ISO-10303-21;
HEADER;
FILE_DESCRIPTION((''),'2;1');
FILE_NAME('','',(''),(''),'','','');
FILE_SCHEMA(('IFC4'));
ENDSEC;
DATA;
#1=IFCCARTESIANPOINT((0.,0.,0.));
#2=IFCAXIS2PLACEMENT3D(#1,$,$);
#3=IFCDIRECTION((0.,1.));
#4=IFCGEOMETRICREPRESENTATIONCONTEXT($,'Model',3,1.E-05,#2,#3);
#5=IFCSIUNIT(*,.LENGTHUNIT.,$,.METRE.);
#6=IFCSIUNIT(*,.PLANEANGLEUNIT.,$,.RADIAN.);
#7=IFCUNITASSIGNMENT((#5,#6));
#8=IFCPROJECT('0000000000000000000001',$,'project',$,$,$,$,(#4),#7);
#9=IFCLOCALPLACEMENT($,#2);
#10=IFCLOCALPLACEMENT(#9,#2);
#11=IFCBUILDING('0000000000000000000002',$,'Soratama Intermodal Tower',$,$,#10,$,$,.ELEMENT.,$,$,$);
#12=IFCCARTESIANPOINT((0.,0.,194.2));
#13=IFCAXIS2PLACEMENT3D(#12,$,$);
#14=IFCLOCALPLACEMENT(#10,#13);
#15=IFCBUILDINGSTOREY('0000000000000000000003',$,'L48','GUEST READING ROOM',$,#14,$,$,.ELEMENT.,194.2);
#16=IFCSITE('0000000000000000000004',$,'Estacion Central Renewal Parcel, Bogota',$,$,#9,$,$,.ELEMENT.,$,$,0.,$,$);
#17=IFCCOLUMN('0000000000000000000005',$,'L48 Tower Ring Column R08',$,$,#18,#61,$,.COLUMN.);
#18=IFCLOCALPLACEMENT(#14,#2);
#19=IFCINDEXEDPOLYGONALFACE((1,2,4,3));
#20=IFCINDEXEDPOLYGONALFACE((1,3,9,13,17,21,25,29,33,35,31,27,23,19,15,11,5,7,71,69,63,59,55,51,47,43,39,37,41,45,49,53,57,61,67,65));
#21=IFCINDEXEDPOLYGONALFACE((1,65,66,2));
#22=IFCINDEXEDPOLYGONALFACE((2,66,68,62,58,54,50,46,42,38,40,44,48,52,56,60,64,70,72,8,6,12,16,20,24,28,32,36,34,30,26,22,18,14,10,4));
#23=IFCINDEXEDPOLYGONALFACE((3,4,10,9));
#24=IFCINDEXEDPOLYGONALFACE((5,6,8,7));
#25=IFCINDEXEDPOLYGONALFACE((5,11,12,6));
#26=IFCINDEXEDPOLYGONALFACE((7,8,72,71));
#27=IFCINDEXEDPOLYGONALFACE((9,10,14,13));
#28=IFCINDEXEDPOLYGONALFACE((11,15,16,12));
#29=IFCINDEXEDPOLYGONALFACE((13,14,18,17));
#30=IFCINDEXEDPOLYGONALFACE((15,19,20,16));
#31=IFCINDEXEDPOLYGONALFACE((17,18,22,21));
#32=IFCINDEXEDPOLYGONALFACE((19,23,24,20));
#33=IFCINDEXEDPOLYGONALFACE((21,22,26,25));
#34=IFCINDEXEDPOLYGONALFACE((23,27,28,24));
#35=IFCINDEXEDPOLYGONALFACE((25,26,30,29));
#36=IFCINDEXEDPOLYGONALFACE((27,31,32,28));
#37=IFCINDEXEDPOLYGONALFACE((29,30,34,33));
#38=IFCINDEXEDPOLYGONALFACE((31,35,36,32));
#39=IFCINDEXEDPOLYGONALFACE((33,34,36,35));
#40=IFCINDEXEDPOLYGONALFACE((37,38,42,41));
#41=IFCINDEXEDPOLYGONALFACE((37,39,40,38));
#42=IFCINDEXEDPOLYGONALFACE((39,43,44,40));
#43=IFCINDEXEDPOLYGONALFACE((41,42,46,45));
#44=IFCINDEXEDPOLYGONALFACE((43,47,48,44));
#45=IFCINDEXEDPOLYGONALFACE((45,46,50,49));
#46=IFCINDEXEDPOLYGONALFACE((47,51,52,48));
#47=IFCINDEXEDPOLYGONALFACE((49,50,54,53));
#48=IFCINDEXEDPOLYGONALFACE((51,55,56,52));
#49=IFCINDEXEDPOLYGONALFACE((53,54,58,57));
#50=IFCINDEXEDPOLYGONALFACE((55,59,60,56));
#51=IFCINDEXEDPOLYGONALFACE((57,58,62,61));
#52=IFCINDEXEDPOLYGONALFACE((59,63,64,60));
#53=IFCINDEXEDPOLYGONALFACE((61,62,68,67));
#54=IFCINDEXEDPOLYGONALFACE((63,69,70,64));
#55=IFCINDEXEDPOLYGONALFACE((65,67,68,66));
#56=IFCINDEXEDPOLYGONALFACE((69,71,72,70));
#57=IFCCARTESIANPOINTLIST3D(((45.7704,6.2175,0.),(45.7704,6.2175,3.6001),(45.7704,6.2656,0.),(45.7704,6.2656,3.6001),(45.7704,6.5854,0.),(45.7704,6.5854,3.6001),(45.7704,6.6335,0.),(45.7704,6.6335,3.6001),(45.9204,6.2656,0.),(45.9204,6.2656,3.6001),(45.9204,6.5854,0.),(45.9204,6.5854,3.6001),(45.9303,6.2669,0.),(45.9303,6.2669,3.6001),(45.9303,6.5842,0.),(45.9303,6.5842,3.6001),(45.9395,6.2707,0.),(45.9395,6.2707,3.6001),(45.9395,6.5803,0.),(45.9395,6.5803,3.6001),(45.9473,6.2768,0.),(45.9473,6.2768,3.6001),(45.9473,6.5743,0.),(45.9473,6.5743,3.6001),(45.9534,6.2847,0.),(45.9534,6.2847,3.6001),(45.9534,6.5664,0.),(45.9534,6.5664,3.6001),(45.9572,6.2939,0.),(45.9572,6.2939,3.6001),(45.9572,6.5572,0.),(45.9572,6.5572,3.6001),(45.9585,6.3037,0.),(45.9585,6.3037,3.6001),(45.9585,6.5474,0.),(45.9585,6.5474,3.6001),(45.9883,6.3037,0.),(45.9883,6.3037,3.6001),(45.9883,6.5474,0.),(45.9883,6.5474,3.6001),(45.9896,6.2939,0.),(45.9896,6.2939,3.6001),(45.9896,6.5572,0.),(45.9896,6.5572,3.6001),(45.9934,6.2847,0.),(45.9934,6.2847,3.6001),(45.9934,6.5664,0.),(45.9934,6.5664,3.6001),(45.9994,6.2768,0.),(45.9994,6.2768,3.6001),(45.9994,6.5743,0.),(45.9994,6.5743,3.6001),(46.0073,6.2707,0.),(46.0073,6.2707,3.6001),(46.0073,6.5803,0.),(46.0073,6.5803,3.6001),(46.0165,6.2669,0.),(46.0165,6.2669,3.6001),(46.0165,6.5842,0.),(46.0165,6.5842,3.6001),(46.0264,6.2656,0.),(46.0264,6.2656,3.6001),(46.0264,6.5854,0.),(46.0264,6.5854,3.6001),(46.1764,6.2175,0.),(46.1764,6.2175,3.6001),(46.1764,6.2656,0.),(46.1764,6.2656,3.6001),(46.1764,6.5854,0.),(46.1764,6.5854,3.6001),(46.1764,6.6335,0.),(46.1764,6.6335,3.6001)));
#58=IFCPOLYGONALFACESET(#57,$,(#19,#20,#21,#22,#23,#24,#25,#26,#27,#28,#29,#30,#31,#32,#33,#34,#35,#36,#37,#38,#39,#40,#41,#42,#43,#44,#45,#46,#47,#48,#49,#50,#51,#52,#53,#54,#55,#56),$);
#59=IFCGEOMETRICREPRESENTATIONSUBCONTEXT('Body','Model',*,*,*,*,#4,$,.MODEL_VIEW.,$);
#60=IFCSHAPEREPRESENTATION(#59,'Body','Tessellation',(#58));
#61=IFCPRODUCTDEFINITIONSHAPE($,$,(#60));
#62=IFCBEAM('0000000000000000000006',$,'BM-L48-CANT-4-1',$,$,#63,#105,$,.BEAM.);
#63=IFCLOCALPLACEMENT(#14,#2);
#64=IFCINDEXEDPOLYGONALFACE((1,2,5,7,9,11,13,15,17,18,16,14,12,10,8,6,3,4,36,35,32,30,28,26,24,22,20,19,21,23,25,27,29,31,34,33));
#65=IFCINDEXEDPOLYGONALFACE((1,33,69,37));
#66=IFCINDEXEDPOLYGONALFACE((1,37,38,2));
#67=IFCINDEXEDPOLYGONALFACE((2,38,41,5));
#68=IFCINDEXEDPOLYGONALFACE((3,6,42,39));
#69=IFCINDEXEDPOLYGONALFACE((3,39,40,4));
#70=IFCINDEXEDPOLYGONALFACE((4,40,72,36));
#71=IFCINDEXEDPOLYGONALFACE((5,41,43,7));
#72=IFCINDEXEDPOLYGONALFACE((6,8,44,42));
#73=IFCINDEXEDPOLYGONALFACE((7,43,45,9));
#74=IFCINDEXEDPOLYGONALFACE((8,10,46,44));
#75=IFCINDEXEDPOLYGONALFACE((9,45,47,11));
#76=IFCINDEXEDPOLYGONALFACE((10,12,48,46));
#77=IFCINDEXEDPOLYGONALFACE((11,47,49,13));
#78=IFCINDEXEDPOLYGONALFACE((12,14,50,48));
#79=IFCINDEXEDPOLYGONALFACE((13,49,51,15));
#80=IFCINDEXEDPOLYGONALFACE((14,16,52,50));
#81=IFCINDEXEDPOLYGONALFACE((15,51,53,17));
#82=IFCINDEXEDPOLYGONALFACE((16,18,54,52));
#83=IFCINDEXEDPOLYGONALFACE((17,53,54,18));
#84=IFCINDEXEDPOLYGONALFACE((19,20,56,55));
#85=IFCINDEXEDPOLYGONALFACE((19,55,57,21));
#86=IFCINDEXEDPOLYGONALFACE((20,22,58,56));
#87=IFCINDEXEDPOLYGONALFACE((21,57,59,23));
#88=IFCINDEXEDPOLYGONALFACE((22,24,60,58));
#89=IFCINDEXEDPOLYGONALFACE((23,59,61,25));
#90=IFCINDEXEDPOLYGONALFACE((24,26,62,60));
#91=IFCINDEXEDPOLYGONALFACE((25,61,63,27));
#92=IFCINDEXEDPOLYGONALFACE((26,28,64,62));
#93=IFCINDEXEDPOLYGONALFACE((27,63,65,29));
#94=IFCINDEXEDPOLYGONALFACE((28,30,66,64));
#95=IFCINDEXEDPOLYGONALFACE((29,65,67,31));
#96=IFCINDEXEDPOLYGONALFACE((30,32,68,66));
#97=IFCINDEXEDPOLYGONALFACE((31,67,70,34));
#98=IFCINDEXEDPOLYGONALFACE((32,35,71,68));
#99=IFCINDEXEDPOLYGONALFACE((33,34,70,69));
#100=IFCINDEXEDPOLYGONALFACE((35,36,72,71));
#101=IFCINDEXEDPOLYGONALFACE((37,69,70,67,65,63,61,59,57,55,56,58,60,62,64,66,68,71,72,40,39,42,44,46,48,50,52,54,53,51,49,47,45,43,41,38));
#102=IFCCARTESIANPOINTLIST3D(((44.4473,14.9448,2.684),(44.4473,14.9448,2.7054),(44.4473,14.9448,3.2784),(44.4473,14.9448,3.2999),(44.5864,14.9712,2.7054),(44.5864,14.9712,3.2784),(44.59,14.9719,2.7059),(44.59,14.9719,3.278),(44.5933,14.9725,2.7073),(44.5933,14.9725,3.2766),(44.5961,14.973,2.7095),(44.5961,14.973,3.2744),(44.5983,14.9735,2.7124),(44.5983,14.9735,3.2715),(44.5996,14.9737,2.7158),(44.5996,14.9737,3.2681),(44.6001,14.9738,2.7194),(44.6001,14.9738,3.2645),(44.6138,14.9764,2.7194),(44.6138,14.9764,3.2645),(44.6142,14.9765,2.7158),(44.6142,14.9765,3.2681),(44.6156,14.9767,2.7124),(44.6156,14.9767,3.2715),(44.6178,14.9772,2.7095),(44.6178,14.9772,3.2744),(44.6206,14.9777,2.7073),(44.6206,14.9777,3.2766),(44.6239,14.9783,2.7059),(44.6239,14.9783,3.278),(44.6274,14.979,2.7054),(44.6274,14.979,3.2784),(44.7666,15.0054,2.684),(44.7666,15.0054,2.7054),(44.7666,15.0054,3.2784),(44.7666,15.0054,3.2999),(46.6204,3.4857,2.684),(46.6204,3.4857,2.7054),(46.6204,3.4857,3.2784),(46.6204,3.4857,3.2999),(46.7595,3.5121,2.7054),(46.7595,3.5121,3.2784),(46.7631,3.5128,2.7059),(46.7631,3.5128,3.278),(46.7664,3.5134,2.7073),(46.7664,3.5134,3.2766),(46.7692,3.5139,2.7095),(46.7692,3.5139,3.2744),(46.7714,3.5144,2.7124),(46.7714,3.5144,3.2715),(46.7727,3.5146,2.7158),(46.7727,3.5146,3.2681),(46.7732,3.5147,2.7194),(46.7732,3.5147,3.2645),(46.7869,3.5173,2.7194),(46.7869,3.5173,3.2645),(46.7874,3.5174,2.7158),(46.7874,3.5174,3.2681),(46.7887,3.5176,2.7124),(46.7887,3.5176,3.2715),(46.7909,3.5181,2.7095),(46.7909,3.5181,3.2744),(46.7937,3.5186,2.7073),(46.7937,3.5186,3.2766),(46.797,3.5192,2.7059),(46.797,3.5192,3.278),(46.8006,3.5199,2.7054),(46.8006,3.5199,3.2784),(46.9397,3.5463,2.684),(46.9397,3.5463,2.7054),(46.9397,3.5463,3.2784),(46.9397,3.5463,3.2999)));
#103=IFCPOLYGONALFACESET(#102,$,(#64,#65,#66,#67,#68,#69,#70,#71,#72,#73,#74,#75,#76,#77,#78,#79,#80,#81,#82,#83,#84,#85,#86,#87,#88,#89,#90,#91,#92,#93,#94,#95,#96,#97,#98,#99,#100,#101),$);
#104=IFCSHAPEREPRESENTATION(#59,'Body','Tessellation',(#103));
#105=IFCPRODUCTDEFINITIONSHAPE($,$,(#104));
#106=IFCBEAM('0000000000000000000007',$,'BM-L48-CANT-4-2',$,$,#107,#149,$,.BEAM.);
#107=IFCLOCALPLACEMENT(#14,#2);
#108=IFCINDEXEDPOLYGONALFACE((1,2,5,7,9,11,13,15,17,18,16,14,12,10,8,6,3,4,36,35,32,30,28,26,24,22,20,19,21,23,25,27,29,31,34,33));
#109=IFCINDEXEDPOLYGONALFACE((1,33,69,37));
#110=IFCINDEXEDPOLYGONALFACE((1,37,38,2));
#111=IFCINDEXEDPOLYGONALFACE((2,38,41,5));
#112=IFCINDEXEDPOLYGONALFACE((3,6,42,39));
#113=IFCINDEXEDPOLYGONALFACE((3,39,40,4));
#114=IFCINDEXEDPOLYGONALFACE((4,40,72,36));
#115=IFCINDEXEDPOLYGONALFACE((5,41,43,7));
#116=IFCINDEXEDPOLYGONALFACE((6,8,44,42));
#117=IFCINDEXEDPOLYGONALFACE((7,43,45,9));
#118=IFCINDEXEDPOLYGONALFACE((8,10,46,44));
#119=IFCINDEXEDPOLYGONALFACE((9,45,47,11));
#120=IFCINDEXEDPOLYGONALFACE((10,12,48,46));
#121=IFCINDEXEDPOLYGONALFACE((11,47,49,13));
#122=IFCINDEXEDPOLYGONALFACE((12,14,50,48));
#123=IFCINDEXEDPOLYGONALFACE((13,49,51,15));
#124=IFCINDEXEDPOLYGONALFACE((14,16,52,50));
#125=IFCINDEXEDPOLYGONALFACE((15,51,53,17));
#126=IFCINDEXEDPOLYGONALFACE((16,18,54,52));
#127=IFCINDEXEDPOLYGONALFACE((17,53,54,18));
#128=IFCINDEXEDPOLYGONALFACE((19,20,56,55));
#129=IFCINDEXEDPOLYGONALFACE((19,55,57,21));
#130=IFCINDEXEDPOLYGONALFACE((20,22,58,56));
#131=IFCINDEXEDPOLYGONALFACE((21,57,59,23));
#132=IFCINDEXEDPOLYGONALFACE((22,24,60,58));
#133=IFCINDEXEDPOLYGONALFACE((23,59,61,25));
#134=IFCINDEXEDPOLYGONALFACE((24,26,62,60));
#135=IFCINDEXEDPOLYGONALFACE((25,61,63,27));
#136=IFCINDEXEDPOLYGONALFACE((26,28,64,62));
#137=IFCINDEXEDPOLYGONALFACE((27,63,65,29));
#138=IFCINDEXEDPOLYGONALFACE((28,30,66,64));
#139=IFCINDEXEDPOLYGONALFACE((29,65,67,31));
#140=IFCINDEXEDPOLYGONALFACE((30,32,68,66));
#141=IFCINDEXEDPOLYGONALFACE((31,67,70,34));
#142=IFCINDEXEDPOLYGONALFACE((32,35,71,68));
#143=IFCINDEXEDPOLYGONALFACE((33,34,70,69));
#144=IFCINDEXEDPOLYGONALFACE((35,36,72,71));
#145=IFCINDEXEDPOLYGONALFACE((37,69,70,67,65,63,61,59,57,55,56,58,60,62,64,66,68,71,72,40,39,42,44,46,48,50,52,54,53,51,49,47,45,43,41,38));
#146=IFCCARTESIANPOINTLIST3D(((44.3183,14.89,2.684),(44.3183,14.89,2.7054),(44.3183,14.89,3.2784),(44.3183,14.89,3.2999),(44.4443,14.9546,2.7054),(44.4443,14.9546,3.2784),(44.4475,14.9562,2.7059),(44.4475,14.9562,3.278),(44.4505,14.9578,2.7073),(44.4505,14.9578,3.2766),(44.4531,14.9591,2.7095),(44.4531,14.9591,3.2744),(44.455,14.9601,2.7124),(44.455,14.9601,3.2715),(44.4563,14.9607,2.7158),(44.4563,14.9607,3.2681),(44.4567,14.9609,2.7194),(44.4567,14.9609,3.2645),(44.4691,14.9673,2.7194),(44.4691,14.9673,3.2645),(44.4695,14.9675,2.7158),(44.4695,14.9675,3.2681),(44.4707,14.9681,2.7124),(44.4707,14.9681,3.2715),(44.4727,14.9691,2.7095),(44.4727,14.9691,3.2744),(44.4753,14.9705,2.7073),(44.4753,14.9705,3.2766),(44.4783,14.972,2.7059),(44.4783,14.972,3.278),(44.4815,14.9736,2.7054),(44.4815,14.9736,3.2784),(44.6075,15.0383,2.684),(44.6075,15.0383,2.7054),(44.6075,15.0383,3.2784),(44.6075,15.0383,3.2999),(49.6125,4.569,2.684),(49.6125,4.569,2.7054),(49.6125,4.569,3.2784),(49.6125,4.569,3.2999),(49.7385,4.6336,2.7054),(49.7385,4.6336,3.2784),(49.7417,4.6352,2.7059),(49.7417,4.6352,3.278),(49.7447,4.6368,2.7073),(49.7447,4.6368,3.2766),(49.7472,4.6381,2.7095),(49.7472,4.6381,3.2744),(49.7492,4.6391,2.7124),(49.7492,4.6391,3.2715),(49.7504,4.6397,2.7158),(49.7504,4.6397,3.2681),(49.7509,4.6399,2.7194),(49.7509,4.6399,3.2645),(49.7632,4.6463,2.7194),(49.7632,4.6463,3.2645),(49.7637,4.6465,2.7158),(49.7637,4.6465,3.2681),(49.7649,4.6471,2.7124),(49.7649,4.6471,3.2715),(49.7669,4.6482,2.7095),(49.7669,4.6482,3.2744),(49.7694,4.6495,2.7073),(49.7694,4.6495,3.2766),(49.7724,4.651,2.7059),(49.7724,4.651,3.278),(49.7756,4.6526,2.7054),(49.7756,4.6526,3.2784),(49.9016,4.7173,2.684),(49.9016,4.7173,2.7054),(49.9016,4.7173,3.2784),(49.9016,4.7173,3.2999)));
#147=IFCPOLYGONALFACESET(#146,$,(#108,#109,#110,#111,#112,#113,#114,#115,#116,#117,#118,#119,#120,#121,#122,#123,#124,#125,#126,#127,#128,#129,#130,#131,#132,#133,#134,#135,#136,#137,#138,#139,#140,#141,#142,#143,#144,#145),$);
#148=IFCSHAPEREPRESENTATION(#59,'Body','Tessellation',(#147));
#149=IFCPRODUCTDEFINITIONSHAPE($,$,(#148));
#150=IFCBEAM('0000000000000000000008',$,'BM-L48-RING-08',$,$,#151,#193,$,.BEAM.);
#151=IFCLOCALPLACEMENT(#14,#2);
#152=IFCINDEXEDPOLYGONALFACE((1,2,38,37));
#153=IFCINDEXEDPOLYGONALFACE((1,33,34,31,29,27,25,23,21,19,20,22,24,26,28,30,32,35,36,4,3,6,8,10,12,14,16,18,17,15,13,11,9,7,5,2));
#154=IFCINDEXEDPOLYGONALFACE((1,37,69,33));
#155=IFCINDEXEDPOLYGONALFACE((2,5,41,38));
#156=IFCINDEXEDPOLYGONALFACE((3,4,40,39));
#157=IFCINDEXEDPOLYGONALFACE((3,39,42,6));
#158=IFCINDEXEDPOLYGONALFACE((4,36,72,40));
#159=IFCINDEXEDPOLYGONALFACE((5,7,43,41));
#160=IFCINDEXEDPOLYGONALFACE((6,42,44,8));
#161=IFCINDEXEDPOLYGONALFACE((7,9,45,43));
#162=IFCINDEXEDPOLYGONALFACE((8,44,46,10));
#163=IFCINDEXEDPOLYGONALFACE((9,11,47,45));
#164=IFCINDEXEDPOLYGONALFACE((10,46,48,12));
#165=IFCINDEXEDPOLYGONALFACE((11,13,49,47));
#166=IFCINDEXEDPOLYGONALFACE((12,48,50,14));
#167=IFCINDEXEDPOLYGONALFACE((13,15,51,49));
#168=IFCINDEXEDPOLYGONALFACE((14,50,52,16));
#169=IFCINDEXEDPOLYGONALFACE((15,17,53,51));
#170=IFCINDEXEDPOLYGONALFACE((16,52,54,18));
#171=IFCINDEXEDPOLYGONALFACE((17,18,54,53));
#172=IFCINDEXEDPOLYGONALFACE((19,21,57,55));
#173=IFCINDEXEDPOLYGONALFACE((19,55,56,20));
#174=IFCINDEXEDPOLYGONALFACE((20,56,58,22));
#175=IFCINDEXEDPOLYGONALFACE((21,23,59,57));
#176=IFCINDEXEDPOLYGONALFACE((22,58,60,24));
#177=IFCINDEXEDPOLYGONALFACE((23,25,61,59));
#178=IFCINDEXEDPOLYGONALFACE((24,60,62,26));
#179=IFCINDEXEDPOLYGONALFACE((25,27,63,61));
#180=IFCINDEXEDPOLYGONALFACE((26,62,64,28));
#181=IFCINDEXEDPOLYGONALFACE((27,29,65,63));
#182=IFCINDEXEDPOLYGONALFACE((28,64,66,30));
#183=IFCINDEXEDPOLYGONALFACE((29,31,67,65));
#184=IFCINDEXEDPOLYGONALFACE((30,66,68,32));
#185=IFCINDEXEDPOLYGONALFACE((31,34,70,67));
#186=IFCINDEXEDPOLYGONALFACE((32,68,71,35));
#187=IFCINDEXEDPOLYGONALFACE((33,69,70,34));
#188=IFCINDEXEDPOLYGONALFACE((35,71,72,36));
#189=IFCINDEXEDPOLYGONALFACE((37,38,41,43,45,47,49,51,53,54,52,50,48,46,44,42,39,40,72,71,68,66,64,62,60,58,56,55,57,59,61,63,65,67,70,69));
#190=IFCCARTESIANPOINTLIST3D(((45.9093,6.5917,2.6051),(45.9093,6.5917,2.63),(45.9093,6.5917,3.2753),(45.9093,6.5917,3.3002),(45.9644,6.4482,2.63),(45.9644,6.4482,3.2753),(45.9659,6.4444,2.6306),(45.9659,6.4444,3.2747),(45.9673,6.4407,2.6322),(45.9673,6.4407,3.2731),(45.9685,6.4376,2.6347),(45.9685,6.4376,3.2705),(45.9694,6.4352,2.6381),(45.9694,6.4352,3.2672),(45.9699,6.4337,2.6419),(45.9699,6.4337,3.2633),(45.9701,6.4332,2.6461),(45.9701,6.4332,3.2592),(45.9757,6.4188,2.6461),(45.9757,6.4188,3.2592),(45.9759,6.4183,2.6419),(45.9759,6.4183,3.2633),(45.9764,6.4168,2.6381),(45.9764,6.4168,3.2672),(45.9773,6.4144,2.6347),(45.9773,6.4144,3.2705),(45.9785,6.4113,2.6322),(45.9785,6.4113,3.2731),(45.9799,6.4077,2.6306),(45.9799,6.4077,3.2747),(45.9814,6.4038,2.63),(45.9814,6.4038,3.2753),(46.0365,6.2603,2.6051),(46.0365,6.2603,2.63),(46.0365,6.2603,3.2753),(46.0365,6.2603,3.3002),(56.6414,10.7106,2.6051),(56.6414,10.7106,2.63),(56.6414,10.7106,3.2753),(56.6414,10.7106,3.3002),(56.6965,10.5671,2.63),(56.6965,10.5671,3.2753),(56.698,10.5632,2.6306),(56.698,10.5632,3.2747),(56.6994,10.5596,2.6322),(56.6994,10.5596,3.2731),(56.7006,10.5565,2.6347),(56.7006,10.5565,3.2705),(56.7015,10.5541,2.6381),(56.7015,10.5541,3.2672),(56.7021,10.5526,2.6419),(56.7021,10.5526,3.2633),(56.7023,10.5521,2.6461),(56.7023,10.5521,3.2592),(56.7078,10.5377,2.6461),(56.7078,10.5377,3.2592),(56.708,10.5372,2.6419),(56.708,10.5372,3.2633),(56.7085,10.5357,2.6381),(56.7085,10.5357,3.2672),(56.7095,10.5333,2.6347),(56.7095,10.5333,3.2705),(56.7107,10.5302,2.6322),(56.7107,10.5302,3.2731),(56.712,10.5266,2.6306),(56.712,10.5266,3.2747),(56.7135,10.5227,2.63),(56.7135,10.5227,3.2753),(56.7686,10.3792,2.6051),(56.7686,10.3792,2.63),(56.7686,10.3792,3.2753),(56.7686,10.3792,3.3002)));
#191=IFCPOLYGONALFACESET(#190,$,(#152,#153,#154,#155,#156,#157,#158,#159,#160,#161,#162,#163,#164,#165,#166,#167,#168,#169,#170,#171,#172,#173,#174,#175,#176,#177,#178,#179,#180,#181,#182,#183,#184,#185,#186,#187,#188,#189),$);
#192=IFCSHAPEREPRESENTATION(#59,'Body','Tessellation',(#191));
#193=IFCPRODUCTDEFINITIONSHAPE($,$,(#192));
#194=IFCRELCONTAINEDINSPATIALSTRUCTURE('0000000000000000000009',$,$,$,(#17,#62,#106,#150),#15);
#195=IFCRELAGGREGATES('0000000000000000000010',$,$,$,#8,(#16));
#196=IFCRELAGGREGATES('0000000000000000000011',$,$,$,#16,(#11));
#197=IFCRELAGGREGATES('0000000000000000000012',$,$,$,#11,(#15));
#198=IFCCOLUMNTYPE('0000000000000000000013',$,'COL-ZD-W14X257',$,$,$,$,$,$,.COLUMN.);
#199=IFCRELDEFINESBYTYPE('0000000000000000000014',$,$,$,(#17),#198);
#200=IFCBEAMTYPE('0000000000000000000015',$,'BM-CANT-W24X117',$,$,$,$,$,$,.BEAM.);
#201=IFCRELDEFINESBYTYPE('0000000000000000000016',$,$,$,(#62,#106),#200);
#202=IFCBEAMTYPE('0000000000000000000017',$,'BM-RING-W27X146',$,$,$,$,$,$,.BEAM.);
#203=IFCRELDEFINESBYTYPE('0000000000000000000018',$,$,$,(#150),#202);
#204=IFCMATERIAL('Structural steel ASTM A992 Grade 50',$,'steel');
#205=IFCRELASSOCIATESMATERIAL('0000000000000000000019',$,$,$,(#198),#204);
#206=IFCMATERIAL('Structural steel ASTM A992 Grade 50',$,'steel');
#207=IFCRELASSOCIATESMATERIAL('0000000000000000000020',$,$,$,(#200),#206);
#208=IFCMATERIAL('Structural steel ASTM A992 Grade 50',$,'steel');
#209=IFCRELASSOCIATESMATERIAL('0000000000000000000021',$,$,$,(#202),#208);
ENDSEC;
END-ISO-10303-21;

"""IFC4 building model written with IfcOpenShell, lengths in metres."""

from ifc_helpers import new_model, si_unit, direction, frame, origin, origin_2d, place, context, subcontext, project, spatial, i_section, extrude, material, material_profile, profile_set, type_object, element, save


model = new_model("IFC4")

# Units and contexts
model_context = context("Model", 3, precision=1e-05, world=origin(), true_north=direction((0.0, 1.0)))
body_context = subcontext(model_context, "Body", "Model", "MODEL_VIEW")
ifc_project = project(units=[si_unit("LENGTHUNIT", "METRE"), si_unit("PLANEANGLEUNIT", "RADIAN")], contexts=[model_context])

# Site, building, storey
site_placement = place(None, origin())
site = spatial("IfcSite", under=ifc_project, at=site_placement, Name="Estacion Central Renewal Parcel, Bogota", CompositionType="ELEMENT", RefElevation=0.0)
building_placement = place(site_placement, origin())
building = spatial("IfcBuilding", under=site, at=building_placement, Name="Soratama Intermodal Tower", CompositionType="ELEMENT")
storey_placement = place(building_placement, frame((0.0, 0.0, 194.2)))
storey = spatial("IfcBuildingStorey", under=building, at=storey_placement, Name="L48", Description="GUEST READING ROOM", CompositionType="ELEMENT", Elevation=194.2)

# Column
ifc_material_1 = material(Name="Structural steel ASTM A992 Grade 50", Category="steel")
ifc_material_profile_1 = material_profile(ifc_material_1, i_section(OverallWidth=0.406, OverallDepth=0.416, WebThickness=0.0298, FlangeThickness=0.0481, FilletRadius=0.0381, at=origin_2d()), Name="W14X257")
ifc_profile_set_1 = profile_set([ifc_material_profile_1], Name="Structural steel ASTM A992 Grade 50")
column_type = type_object("IfcColumnType", Name="COL-ZD-W14X257", PredefinedType="COLUMN", material=ifc_profile_set_1)
column_placement = place(storey_placement, frame((45.9734, 6.4255, 0.0), z_axis=(0.0, 0.0, 1.0), x_axis=(1.0, 0.0, 0.0)))
element("IfcColumn", 1, at=column_placement, inside=storey, type_object=column_type, Name="L48 Tower Ring Column R08", PredefinedType="COLUMN", context=body_context, shape_type="SweptSolid", body=[
    extrude(i_section(OverallWidth=0.406, OverallDepth=0.416, WebThickness=0.0298, FlangeThickness=0.0481, FilletRadius=0.0381, at=origin_2d()), origin(), (0.0, 0.0, 1.0), 3.6001),
])

# Beams
ifc_material_2 = material(Name="Structural steel ASTM A992 Grade 50", Category="steel")
ifc_material_profile_2 = material_profile(ifc_material_2, i_section(OverallWidth=0.325, OverallDepth=0.616, WebThickness=0.0139, FlangeThickness=0.0215, FilletRadius=0.0139, at=origin_2d()), Name="W24X117")
ifc_profile_set_2 = profile_set([ifc_material_profile_2], Name="Structural steel ASTM A992 Grade 50")
beam_type_1 = type_object("IfcBeamType", Name="BM-CANT-W24X117", PredefinedType="BEAM", material=ifc_profile_set_2)
beam_1_placement = place(storey_placement, frame((44.6069, 14.9751, 2.9919), z_axis=(0.18632, -0.982489, 0.0), x_axis=(0.982489, 0.18632, 0.0)))
element("IfcBeam", 2, at=beam_1_placement, inside=storey, type_object=beam_type_1, Name="BM-L48-CANT-4-1", PredefinedType="BEAM", context=body_context, shape_type="SweptSolid", body=[
    extrude(i_section(OverallWidth=0.325, OverallDepth=0.616, WebThickness=0.0139, FlangeThickness=0.0215, FilletRadius=0.0139, at=origin_2d()), origin(), (0.0, 0.0, 1.0), 11.6633),
])
beam_2_placement = place(storey_placement, frame((44.4629, 14.9641, 2.9919), z_axis=(0.456409, -0.88977, 0.0), x_axis=(0.88977, 0.456409, 0.0)))
element("IfcBeam", 3, at=beam_2_placement, inside=storey, type_object=beam_type_1, Name="BM-L48-CANT-4-2", PredefinedType="BEAM", context=body_context, shape_type="SweptSolid", body=[
    extrude(i_section(OverallWidth=0.325, OverallDepth=0.616, WebThickness=0.0139, FlangeThickness=0.0215, FilletRadius=0.0139, at=origin_2d()), origin(), (0.0, 0.0, 1.0), 11.5996),
])
ifc_material_3 = material(Name="Structural steel ASTM A992 Grade 50", Category="steel")
ifc_material_profile_3 = material_profile(ifc_material_3, i_section(OverallWidth=0.355, OverallDepth=0.6951, WebThickness=0.0154, FlangeThickness=0.0249, FilletRadius=0.0161, at=origin_2d()), Name="W27X146")
ifc_profile_set_3 = profile_set([ifc_material_profile_3], Name="Structural steel ASTM A992 Grade 50")
beam_type_2 = type_object("IfcBeamType", Name="BM-RING-W27X146", PredefinedType="BEAM", material=ifc_profile_set_3)
beam_3_placement = place(storey_placement, frame((45.9729, 6.426, 2.9526), z_axis=(0.933604, 0.358307, 0.0), x_axis=(-0.358307, 0.933604, 0.0)))
element("IfcBeam", 4, at=beam_3_placement, inside=storey, type_object=beam_type_2, Name="BM-L48-RING-08", PredefinedType="BEAM", context=body_context, shape_type="SweptSolid", body=[
    extrude(i_section(OverallWidth=0.355, OverallDepth=0.6951, WebThickness=0.0154, FlangeThickness=0.0249, FilletRadius=0.0161, at=origin_2d()), origin(), (0.0, 0.0, 1.0), 11.4954),
])

save(model, "model.ifc")
